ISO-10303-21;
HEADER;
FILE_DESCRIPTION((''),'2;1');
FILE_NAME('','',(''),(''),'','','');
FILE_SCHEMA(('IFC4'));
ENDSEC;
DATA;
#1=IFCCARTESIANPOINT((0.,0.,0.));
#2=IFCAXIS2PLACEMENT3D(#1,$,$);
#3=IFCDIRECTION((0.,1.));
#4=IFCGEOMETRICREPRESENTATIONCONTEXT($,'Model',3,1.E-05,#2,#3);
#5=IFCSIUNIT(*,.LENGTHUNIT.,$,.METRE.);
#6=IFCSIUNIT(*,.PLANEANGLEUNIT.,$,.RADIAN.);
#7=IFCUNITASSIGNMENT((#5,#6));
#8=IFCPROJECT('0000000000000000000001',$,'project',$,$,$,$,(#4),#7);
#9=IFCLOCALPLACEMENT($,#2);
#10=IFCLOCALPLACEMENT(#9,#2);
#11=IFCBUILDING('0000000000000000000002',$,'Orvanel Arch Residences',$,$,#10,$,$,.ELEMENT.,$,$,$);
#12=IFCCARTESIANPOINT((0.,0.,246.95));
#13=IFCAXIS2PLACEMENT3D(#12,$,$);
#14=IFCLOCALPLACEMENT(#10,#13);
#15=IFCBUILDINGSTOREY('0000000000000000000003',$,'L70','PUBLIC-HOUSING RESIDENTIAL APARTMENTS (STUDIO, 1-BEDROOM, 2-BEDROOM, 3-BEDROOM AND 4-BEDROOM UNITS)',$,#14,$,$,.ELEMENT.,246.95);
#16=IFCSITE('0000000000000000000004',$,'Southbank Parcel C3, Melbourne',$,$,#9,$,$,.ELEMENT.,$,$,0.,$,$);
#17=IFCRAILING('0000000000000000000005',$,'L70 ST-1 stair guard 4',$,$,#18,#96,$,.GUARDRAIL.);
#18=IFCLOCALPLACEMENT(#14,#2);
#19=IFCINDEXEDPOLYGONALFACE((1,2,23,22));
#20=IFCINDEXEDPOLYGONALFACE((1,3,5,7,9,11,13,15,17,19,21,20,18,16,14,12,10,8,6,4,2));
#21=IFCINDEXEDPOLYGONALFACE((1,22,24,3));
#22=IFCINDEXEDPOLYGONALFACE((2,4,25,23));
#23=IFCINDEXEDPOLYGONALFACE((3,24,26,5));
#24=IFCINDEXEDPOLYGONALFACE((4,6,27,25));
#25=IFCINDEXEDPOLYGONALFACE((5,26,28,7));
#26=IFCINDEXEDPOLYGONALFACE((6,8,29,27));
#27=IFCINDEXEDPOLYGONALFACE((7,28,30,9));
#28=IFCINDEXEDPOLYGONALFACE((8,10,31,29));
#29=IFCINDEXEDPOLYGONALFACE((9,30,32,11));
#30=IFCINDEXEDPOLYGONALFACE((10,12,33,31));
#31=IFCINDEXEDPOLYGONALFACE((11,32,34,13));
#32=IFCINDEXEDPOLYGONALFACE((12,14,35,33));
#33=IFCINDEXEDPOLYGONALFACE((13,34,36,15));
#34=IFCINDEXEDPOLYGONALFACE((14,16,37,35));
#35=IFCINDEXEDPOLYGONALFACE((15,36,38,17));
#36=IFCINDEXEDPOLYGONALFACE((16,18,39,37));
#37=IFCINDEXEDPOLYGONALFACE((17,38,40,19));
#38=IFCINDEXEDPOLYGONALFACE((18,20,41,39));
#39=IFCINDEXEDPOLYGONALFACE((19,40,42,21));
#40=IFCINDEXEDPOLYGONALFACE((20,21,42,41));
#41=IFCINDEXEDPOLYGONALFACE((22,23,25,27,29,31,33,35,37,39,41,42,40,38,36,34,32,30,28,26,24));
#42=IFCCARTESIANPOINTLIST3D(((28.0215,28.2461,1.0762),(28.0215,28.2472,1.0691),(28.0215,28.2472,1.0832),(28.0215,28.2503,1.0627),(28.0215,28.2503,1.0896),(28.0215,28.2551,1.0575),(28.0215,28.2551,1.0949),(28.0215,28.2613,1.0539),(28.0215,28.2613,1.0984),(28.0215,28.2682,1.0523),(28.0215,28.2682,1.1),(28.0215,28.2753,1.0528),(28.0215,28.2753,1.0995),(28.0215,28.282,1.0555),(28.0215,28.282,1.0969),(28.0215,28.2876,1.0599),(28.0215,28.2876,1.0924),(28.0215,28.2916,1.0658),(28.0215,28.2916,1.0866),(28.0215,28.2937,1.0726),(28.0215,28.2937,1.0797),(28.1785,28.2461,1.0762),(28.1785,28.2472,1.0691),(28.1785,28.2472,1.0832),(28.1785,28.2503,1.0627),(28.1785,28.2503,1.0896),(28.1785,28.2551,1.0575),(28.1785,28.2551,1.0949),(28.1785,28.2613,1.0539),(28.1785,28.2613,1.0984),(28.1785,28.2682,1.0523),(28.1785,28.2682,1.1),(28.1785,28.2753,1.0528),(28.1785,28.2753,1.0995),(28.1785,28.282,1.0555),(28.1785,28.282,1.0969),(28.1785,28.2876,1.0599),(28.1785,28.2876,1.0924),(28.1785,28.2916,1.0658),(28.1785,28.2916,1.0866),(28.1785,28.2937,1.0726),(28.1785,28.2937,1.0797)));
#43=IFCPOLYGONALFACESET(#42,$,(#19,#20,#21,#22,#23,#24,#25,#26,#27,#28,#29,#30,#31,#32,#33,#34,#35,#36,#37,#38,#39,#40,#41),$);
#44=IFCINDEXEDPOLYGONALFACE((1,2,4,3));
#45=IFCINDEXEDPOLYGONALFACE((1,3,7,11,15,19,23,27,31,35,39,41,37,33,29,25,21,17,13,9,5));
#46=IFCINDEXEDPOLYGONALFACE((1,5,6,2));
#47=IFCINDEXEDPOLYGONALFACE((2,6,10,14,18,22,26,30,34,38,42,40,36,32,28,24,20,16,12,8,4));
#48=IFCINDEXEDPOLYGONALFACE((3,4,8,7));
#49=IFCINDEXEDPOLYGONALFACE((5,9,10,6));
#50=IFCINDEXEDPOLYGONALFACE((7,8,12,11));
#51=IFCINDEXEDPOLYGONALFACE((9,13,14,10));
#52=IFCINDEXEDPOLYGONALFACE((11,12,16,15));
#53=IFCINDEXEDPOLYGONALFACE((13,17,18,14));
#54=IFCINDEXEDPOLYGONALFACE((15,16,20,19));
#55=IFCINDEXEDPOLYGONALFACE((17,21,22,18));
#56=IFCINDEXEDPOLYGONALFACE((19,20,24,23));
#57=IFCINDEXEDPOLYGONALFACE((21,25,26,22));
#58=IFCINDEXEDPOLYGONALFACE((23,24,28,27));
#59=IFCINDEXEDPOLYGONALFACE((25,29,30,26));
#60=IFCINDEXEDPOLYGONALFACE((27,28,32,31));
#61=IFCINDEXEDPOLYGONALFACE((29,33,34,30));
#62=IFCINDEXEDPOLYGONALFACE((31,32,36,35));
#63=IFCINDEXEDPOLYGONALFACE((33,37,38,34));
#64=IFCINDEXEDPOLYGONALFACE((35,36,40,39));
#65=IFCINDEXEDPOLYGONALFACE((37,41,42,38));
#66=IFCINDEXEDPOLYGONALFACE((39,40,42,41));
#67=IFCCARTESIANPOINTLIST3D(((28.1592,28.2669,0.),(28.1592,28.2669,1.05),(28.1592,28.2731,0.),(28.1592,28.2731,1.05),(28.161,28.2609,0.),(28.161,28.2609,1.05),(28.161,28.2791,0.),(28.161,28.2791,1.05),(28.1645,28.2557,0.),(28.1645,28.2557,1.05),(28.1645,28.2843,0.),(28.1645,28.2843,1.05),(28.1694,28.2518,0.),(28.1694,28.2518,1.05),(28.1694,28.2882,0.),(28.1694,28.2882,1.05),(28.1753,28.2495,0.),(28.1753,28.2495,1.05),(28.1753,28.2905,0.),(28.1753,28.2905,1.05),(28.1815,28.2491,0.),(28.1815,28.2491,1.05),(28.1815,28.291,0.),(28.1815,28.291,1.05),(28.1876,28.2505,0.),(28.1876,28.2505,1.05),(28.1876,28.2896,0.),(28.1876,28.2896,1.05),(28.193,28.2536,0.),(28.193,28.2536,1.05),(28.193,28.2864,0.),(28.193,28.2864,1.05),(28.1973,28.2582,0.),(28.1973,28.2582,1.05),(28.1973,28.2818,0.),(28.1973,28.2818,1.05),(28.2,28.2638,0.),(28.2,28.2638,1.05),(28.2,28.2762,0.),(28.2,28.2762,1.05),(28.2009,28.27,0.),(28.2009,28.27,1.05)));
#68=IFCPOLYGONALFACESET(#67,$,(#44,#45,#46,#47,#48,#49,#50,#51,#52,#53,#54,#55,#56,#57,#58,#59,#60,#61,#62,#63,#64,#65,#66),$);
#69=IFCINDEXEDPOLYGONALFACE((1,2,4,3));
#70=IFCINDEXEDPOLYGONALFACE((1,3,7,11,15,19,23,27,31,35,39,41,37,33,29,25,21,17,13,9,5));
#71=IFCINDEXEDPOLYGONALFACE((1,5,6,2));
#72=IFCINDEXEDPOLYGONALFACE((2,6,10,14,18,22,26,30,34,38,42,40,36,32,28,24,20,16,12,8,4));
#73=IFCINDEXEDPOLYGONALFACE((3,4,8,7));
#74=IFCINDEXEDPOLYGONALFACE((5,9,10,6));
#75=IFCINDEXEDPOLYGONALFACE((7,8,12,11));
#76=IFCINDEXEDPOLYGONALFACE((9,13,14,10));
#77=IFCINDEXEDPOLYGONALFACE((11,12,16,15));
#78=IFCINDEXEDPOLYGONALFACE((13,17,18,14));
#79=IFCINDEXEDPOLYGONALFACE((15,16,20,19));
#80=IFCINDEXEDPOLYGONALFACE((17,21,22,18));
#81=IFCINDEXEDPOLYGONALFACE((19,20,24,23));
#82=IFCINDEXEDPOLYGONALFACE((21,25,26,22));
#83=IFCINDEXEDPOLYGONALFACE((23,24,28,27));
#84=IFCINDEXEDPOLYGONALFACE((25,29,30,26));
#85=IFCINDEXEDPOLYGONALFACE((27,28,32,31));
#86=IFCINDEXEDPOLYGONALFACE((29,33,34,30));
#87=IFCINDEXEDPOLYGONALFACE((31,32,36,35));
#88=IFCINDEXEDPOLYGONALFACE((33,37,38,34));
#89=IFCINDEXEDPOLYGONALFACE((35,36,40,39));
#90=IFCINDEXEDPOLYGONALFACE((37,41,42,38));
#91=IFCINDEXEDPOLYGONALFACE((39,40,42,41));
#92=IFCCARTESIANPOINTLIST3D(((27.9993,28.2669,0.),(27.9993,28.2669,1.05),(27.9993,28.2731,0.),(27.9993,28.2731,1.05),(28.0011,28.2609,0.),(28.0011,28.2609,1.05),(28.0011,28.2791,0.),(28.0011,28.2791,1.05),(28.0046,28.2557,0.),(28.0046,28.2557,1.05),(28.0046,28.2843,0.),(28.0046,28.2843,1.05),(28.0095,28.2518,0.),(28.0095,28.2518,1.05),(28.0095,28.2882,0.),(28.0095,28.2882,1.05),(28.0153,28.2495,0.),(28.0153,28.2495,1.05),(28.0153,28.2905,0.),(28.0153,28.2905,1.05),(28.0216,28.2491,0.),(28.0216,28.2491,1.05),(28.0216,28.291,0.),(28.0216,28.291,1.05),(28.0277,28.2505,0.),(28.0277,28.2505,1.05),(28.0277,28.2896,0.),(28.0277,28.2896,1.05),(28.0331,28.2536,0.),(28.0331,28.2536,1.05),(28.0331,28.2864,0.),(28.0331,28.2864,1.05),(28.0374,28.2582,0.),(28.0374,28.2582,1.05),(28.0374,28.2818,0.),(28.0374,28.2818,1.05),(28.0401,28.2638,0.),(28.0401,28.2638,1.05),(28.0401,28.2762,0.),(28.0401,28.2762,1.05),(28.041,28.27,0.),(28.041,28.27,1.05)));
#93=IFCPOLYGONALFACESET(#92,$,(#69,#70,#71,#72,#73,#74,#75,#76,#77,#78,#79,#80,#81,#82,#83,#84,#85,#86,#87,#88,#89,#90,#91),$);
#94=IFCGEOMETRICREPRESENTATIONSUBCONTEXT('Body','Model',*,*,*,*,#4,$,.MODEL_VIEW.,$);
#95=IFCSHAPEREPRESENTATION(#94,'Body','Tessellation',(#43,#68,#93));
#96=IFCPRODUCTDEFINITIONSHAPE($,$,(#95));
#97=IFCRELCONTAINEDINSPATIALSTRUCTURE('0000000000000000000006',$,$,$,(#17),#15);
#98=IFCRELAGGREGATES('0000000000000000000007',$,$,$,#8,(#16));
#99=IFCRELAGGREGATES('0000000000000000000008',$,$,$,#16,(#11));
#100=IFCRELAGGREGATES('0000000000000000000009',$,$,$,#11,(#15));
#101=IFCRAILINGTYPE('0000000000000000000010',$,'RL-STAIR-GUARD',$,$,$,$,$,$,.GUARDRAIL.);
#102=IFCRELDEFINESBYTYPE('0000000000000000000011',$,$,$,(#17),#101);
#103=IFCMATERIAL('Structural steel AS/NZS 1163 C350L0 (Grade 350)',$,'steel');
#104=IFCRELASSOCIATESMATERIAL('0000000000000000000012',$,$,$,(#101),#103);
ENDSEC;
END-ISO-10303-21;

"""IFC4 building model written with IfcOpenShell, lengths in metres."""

from ifc_helpers import new_model, si_unit, direction, frame, origin, origin_2d, place, context, subcontext, project, spatial, circle, extrude, material, type_object, element, save


model = new_model("IFC4")

# Units and contexts
model_context = context("Model", 3, precision=1e-05, world=origin(), true_north=direction((0.0, 1.0)))
body_context = subcontext(model_context, "Body", "Model", "MODEL_VIEW")
ifc_project = project(units=[si_unit("LENGTHUNIT", "METRE"), si_unit("PLANEANGLEUNIT", "RADIAN")], contexts=[model_context])

# Site, building, storey
site_placement = place(None, origin())
site = spatial("IfcSite", under=ifc_project, at=site_placement, Name="Southbank Parcel C3, Melbourne", CompositionType="ELEMENT", RefElevation=0.0)
building_placement = place(site_placement, origin())
building = spatial("IfcBuilding", under=site, at=building_placement, Name="Orvanel Arch Residences", CompositionType="ELEMENT")
storey_placement = place(building_placement, frame((0.0, 0.0, 246.95)))
storey = spatial("IfcBuildingStorey", under=building, at=storey_placement, Name="L70", Description="PUBLIC-HOUSING RESIDENTIAL APARTMENTS (STUDIO, 1-BEDROOM, 2-BEDROOM, 3-BEDROOM AND 4-BEDROOM UNITS)", CompositionType="ELEMENT", Elevation=246.95)

# Railing
ifc_material_1 = material(Name="Structural steel AS/NZS 1163 C350L0 (Grade 350)", Category="steel")
railing_type_1 = type_object("IfcRailingType", Name="RL-STAIR-GUARD", PredefinedType="GUARDRAIL", material=ifc_material_1)
railing_1_placement = place(storey_placement, frame((28.1799, 28.27, 0.0)))
element("IfcRailing", 1, at=railing_1_placement, inside=storey, type_object=railing_type_1, Name="L70 ST-1 stair guard 4", PredefinedType="GUARDRAIL", context=body_context, shape_type="SweptSolid", body=[
    extrude(circle(Radius=0.0239, at=origin_2d()), frame((-0.0015, 0.0, 1.0762), z_axis=(-1.0, 0.0, 0.0), x_axis=(0.0, -1.0, 0.0)), (0.0, 0.0, 1.0), 0.157),
    extrude(circle(Radius=0.021, at=origin_2d()), origin(), (0.0, 0.0, 1.0), 1.05),
    extrude(circle(Radius=0.021, at=origin_2d()), frame((-0.1599, 0.0, 0.0)), (0.0, 0.0, 1.0), 1.05),
])

save(model, "model.ifc")
